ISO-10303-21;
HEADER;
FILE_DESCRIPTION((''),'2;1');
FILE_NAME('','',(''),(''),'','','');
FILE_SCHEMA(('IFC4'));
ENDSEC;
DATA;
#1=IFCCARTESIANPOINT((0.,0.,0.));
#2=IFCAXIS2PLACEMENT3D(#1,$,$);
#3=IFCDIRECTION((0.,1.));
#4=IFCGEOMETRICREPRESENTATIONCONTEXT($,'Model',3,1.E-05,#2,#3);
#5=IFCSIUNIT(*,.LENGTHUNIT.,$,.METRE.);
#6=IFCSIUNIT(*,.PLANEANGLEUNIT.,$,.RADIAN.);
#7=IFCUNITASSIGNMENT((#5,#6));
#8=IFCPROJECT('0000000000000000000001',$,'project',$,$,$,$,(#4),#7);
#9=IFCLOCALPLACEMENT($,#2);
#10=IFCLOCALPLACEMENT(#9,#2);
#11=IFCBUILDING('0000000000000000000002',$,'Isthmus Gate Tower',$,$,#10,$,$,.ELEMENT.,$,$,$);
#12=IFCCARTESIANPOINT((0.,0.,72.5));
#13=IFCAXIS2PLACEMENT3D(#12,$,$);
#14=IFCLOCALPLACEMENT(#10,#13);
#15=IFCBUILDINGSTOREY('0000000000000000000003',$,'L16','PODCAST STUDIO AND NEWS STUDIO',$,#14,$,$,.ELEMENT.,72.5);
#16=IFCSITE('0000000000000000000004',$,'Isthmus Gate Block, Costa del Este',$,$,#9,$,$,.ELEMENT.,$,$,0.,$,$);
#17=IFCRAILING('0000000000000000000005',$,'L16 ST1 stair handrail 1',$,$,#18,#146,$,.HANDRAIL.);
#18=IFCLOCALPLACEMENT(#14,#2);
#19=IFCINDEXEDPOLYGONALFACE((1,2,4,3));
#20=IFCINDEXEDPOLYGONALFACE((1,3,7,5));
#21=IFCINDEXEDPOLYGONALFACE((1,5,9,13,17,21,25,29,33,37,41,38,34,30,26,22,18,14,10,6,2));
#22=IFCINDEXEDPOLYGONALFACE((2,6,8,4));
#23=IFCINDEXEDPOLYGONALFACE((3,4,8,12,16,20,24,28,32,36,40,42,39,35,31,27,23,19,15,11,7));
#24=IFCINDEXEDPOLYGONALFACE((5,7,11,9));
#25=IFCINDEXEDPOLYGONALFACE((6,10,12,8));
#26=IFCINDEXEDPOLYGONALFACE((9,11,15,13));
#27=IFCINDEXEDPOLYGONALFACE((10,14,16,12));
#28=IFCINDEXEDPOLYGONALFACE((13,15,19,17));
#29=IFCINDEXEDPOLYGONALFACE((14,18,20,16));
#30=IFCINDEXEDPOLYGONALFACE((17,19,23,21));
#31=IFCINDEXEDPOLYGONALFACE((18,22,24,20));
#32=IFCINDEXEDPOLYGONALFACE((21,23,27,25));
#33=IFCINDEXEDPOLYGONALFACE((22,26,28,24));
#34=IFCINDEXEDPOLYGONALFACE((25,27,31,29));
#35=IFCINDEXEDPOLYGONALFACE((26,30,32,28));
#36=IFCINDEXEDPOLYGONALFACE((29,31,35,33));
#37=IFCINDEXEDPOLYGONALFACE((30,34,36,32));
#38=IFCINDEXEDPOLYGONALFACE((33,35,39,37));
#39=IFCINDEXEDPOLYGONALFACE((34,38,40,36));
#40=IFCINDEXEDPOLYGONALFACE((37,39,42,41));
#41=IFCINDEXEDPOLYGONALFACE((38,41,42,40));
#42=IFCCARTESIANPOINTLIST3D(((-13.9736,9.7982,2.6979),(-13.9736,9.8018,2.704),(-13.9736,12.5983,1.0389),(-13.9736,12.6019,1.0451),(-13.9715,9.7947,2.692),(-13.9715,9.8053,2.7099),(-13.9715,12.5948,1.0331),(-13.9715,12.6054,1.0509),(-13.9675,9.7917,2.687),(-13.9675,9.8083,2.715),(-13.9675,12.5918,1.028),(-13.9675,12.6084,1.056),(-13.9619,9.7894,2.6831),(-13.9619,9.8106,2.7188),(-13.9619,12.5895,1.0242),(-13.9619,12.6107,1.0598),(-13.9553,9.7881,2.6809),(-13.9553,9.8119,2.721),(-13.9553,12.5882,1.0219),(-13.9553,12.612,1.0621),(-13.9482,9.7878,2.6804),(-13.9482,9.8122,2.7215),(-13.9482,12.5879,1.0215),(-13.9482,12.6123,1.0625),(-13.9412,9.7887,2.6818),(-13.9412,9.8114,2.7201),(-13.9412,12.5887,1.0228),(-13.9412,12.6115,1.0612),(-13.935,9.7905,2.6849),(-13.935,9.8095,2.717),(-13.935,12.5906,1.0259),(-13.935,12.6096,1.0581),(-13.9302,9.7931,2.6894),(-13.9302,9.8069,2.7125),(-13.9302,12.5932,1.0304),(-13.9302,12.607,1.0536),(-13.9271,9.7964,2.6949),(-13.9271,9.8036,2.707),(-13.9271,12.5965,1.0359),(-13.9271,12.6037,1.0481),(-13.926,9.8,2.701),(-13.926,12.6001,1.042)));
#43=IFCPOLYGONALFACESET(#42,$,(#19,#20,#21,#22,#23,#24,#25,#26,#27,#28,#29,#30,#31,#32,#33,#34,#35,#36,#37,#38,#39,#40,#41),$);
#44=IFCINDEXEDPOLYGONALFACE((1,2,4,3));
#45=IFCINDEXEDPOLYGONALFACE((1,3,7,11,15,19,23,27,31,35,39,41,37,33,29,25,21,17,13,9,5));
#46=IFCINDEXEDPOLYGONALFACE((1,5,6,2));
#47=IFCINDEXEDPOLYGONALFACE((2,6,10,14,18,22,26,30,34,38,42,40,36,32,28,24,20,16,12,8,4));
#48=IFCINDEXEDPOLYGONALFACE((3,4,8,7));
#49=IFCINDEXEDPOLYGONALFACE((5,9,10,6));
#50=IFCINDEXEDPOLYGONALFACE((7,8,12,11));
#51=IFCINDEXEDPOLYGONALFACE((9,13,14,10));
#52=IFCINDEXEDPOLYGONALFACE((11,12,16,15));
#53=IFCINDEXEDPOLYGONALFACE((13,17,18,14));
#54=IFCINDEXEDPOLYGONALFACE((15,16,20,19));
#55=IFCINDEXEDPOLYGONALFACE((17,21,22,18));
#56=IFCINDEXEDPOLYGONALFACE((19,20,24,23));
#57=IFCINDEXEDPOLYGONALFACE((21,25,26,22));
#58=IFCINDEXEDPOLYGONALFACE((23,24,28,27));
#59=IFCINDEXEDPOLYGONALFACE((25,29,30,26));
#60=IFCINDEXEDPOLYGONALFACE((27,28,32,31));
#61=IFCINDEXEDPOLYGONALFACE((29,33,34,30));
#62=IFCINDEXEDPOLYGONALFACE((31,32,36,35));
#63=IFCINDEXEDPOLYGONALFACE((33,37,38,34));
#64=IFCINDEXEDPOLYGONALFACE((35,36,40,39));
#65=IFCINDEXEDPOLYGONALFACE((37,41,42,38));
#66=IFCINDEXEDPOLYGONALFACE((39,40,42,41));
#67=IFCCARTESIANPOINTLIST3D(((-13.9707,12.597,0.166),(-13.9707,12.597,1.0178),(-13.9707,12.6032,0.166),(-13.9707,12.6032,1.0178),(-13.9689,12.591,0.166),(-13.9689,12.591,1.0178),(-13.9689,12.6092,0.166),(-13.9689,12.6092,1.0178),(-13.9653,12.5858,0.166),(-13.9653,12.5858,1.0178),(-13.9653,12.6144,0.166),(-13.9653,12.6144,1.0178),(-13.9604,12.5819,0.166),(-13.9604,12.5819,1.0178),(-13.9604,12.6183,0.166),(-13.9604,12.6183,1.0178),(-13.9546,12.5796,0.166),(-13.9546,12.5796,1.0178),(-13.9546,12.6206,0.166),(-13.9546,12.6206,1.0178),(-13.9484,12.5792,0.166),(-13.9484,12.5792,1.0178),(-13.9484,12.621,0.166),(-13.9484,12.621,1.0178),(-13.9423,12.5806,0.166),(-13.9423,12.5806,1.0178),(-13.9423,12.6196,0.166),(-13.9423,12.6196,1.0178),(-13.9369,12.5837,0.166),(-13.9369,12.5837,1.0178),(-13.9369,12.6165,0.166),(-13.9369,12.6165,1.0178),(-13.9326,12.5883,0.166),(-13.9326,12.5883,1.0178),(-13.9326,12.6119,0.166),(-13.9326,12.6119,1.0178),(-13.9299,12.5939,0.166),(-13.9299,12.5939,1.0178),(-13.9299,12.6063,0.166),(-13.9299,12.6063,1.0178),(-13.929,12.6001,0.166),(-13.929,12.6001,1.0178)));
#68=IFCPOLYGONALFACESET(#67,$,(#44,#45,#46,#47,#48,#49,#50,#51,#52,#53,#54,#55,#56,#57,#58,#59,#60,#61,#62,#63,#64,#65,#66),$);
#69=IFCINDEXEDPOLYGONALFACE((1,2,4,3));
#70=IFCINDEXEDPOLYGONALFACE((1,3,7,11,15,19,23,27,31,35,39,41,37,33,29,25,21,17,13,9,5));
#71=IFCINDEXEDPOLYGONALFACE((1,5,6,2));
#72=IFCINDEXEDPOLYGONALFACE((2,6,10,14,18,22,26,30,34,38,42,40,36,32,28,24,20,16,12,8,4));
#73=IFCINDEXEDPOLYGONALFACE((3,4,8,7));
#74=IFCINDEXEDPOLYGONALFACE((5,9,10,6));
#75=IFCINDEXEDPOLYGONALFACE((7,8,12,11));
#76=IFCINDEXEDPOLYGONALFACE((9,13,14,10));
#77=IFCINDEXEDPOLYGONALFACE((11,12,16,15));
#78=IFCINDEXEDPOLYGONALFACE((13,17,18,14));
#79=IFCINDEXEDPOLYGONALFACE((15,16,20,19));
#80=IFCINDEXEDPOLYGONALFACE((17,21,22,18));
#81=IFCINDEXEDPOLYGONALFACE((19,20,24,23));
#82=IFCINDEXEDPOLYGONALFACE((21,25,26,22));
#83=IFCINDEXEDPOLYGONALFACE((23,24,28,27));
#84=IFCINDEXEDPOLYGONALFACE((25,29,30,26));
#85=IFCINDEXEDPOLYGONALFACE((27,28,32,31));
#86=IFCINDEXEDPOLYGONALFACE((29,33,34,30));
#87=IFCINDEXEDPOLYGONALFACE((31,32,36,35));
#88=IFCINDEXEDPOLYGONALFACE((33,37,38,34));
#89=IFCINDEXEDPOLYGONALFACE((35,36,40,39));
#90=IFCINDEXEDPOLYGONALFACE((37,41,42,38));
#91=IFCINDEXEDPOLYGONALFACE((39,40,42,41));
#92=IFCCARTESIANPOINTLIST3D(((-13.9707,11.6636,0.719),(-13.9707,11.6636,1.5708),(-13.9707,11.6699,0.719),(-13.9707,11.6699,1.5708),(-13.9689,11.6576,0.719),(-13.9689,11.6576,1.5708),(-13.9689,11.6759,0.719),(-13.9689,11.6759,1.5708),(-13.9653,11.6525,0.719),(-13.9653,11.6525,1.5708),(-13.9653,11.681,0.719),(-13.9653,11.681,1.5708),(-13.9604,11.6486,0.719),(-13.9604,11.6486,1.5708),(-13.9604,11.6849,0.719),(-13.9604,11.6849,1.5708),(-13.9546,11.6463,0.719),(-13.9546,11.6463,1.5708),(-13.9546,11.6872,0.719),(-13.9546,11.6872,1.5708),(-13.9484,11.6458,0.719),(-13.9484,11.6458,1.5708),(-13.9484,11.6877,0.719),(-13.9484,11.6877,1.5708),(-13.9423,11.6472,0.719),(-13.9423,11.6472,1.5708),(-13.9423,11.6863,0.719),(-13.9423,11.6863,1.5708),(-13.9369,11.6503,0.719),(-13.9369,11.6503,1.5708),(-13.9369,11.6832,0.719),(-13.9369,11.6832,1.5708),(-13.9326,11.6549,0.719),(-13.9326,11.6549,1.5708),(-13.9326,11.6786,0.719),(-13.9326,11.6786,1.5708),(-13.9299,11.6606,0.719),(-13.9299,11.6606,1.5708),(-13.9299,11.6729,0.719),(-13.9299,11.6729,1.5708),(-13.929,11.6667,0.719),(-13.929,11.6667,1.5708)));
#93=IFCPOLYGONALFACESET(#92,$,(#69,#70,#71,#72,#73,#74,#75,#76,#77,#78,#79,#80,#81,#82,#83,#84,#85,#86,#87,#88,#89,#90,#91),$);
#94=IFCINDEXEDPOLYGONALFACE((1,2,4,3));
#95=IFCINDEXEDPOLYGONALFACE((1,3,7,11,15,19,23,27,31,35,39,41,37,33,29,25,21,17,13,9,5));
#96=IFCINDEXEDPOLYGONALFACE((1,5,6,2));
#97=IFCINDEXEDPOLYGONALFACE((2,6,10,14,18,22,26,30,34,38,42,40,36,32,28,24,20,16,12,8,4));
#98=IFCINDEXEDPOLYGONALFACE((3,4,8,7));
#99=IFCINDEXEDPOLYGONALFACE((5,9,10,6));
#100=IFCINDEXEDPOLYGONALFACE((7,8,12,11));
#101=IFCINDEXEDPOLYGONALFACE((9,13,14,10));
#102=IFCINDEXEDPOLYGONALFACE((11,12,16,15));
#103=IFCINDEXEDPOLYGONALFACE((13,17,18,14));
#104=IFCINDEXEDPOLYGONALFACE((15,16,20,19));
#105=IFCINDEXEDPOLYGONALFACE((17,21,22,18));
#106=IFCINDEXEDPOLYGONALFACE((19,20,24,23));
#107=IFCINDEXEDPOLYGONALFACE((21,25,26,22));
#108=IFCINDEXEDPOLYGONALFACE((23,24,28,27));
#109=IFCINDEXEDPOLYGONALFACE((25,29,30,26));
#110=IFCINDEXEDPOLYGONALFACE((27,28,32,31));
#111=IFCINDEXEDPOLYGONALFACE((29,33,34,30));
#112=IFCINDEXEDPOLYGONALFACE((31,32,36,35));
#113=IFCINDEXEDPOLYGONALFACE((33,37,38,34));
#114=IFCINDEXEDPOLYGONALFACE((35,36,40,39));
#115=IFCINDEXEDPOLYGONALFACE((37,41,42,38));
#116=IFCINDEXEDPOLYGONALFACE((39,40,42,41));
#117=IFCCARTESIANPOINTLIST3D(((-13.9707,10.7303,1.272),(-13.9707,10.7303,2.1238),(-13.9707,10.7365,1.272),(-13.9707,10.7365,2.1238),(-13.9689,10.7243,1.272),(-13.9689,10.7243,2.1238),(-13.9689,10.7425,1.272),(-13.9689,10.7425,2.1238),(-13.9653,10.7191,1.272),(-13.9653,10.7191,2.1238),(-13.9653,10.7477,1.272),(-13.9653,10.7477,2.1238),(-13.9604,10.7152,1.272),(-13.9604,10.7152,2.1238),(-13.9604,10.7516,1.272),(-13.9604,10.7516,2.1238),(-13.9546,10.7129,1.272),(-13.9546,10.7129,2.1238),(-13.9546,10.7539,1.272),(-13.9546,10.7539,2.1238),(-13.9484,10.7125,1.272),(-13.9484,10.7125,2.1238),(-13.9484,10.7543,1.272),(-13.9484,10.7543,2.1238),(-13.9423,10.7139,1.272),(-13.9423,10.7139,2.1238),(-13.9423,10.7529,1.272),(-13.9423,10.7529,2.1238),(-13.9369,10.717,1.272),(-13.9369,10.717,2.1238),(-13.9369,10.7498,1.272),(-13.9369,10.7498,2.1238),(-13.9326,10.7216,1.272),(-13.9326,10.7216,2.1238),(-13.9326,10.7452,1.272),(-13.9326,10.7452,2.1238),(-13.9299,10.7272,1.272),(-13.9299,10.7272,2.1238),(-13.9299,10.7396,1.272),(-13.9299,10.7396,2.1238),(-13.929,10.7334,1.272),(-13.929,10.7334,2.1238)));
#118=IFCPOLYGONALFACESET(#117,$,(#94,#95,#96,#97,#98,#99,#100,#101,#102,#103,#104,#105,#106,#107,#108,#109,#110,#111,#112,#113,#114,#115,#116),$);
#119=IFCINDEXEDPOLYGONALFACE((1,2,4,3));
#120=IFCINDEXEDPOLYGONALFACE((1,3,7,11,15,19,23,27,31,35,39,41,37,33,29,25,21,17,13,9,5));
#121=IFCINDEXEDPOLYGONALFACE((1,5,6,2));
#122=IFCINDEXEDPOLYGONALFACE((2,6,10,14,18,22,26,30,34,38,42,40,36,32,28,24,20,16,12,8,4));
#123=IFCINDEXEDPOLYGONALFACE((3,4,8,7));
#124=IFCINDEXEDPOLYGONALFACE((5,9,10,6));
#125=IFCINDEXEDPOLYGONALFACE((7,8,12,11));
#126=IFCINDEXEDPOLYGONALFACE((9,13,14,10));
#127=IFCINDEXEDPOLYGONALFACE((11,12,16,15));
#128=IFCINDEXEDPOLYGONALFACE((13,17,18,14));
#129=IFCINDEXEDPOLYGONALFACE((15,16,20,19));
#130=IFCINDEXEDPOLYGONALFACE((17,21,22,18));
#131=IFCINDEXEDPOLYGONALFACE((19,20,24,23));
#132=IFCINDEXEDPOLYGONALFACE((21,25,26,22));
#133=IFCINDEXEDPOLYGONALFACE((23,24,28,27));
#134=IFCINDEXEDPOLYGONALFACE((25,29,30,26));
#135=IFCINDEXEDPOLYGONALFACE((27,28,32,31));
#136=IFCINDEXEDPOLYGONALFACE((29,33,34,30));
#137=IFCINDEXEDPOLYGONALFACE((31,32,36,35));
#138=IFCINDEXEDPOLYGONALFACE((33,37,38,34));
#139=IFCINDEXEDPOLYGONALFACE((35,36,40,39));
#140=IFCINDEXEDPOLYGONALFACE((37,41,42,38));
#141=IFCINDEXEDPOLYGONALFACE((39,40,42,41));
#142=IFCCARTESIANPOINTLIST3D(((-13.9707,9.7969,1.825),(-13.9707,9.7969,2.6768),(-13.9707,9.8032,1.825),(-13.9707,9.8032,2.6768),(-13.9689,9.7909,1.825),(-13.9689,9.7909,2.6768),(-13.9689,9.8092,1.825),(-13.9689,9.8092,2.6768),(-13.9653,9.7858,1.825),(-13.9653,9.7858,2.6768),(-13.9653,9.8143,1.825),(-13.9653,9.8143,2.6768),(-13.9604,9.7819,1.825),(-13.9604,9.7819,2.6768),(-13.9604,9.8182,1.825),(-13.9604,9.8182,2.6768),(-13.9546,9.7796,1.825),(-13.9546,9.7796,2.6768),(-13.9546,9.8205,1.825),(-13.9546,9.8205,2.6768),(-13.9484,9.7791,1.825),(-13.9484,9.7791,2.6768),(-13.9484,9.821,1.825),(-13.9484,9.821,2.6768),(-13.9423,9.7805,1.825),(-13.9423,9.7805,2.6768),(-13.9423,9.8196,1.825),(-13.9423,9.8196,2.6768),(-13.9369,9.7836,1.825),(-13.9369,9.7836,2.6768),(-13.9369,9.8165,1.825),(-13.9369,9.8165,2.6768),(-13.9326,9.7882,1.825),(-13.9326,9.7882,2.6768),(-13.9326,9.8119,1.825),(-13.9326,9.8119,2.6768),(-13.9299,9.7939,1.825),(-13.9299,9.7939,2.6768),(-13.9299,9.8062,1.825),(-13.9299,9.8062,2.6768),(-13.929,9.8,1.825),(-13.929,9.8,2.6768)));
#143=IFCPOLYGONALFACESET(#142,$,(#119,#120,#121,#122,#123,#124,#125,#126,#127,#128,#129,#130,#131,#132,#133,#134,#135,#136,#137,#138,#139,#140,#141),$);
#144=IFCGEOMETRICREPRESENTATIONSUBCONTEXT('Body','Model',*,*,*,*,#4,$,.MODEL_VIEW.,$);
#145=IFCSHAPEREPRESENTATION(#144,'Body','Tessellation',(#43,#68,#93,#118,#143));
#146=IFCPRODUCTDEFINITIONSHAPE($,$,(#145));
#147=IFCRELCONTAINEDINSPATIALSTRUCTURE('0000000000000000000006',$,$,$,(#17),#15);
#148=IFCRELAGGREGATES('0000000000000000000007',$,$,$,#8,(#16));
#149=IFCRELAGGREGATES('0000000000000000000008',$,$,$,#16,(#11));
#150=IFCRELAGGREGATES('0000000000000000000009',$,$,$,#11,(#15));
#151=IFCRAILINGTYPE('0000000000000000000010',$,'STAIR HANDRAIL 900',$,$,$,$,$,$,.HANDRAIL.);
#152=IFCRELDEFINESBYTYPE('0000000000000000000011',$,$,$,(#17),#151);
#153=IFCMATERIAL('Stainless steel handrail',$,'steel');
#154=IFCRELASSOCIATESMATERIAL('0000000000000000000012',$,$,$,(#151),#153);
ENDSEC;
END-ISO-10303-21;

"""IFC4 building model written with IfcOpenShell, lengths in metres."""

from ifc_helpers import new_model, si_unit, direction, frame, origin, origin_2d, place, context, subcontext, project, spatial, circle, extrude, material, type_object, element, save


model = new_model("IFC4")

# Units and contexts
model_context = context("Model", 3, precision=1e-05, world=origin(), true_north=direction((0.0, 1.0)))
body_context = subcontext(model_context, "Body", "Model", "MODEL_VIEW")
ifc_project = project(units=[si_unit("LENGTHUNIT", "METRE"), si_unit("PLANEANGLEUNIT", "RADIAN")], contexts=[model_context])

# Site, building, storey
site_placement = place(None, origin())
site = spatial("IfcSite", under=ifc_project, at=site_placement, Name="Isthmus Gate Block, Costa del Este", CompositionType="ELEMENT", RefElevation=0.0)
building_placement = place(site_placement, origin())
building = spatial("IfcBuilding", under=site, at=building_placement, Name="Isthmus Gate Tower", CompositionType="ELEMENT")
storey_placement = place(building_placement, frame((0.0, 0.0, 72.5)))
storey = spatial("IfcBuildingStorey", under=building, at=storey_placement, Name="L16", Description="PODCAST STUDIO AND NEWS STUDIO", CompositionType="ELEMENT", Elevation=72.5)

# Railing
ifc_material_1 = material(Name="Stainless steel handrail", Category="steel")
railing_type_1 = type_object("IfcRailingType", Name="STAIR HANDRAIL 900", PredefinedType="HANDRAIL", material=ifc_material_1)
railing_1_placement = place(storey_placement, frame((-13.95, 12.6001, 0.166)))
element("IfcRailing", 1, at=railing_1_placement, inside=storey, type_object=railing_type_1, Name="L16 ST1 stair handrail 1", PredefinedType="HANDRAIL", context=body_context, shape_type="SweptSolid", body=[
    extrude(circle(Radius=0.0239, at=origin_2d()), frame((0.0, 0.0, 0.876), z_axis=(0.0, -0.860339, 0.509722), x_axis=(1.0, 0.0, 0.0)), (0.0, 0.0, 1.0), 3.2546),
    extrude(circle(Radius=0.021, at=origin_2d()), origin(), (0.0, 0.0, 1.0), 0.8518),
    extrude(circle(Radius=0.021, at=origin_2d()), frame((0.0, -0.9333, 0.553)), (0.0, 0.0, 1.0), 0.8518),
    extrude(circle(Radius=0.021, at=origin_2d()), frame((0.0, -1.8667, 1.106)), (0.0, 0.0, 1.0), 0.8518),
    extrude(circle(Radius=0.021, at=origin_2d()), frame((0.0, -2.8, 1.6589)), (0.0, 0.0, 1.0), 0.8518),
])

save(model, "model.ifc")
